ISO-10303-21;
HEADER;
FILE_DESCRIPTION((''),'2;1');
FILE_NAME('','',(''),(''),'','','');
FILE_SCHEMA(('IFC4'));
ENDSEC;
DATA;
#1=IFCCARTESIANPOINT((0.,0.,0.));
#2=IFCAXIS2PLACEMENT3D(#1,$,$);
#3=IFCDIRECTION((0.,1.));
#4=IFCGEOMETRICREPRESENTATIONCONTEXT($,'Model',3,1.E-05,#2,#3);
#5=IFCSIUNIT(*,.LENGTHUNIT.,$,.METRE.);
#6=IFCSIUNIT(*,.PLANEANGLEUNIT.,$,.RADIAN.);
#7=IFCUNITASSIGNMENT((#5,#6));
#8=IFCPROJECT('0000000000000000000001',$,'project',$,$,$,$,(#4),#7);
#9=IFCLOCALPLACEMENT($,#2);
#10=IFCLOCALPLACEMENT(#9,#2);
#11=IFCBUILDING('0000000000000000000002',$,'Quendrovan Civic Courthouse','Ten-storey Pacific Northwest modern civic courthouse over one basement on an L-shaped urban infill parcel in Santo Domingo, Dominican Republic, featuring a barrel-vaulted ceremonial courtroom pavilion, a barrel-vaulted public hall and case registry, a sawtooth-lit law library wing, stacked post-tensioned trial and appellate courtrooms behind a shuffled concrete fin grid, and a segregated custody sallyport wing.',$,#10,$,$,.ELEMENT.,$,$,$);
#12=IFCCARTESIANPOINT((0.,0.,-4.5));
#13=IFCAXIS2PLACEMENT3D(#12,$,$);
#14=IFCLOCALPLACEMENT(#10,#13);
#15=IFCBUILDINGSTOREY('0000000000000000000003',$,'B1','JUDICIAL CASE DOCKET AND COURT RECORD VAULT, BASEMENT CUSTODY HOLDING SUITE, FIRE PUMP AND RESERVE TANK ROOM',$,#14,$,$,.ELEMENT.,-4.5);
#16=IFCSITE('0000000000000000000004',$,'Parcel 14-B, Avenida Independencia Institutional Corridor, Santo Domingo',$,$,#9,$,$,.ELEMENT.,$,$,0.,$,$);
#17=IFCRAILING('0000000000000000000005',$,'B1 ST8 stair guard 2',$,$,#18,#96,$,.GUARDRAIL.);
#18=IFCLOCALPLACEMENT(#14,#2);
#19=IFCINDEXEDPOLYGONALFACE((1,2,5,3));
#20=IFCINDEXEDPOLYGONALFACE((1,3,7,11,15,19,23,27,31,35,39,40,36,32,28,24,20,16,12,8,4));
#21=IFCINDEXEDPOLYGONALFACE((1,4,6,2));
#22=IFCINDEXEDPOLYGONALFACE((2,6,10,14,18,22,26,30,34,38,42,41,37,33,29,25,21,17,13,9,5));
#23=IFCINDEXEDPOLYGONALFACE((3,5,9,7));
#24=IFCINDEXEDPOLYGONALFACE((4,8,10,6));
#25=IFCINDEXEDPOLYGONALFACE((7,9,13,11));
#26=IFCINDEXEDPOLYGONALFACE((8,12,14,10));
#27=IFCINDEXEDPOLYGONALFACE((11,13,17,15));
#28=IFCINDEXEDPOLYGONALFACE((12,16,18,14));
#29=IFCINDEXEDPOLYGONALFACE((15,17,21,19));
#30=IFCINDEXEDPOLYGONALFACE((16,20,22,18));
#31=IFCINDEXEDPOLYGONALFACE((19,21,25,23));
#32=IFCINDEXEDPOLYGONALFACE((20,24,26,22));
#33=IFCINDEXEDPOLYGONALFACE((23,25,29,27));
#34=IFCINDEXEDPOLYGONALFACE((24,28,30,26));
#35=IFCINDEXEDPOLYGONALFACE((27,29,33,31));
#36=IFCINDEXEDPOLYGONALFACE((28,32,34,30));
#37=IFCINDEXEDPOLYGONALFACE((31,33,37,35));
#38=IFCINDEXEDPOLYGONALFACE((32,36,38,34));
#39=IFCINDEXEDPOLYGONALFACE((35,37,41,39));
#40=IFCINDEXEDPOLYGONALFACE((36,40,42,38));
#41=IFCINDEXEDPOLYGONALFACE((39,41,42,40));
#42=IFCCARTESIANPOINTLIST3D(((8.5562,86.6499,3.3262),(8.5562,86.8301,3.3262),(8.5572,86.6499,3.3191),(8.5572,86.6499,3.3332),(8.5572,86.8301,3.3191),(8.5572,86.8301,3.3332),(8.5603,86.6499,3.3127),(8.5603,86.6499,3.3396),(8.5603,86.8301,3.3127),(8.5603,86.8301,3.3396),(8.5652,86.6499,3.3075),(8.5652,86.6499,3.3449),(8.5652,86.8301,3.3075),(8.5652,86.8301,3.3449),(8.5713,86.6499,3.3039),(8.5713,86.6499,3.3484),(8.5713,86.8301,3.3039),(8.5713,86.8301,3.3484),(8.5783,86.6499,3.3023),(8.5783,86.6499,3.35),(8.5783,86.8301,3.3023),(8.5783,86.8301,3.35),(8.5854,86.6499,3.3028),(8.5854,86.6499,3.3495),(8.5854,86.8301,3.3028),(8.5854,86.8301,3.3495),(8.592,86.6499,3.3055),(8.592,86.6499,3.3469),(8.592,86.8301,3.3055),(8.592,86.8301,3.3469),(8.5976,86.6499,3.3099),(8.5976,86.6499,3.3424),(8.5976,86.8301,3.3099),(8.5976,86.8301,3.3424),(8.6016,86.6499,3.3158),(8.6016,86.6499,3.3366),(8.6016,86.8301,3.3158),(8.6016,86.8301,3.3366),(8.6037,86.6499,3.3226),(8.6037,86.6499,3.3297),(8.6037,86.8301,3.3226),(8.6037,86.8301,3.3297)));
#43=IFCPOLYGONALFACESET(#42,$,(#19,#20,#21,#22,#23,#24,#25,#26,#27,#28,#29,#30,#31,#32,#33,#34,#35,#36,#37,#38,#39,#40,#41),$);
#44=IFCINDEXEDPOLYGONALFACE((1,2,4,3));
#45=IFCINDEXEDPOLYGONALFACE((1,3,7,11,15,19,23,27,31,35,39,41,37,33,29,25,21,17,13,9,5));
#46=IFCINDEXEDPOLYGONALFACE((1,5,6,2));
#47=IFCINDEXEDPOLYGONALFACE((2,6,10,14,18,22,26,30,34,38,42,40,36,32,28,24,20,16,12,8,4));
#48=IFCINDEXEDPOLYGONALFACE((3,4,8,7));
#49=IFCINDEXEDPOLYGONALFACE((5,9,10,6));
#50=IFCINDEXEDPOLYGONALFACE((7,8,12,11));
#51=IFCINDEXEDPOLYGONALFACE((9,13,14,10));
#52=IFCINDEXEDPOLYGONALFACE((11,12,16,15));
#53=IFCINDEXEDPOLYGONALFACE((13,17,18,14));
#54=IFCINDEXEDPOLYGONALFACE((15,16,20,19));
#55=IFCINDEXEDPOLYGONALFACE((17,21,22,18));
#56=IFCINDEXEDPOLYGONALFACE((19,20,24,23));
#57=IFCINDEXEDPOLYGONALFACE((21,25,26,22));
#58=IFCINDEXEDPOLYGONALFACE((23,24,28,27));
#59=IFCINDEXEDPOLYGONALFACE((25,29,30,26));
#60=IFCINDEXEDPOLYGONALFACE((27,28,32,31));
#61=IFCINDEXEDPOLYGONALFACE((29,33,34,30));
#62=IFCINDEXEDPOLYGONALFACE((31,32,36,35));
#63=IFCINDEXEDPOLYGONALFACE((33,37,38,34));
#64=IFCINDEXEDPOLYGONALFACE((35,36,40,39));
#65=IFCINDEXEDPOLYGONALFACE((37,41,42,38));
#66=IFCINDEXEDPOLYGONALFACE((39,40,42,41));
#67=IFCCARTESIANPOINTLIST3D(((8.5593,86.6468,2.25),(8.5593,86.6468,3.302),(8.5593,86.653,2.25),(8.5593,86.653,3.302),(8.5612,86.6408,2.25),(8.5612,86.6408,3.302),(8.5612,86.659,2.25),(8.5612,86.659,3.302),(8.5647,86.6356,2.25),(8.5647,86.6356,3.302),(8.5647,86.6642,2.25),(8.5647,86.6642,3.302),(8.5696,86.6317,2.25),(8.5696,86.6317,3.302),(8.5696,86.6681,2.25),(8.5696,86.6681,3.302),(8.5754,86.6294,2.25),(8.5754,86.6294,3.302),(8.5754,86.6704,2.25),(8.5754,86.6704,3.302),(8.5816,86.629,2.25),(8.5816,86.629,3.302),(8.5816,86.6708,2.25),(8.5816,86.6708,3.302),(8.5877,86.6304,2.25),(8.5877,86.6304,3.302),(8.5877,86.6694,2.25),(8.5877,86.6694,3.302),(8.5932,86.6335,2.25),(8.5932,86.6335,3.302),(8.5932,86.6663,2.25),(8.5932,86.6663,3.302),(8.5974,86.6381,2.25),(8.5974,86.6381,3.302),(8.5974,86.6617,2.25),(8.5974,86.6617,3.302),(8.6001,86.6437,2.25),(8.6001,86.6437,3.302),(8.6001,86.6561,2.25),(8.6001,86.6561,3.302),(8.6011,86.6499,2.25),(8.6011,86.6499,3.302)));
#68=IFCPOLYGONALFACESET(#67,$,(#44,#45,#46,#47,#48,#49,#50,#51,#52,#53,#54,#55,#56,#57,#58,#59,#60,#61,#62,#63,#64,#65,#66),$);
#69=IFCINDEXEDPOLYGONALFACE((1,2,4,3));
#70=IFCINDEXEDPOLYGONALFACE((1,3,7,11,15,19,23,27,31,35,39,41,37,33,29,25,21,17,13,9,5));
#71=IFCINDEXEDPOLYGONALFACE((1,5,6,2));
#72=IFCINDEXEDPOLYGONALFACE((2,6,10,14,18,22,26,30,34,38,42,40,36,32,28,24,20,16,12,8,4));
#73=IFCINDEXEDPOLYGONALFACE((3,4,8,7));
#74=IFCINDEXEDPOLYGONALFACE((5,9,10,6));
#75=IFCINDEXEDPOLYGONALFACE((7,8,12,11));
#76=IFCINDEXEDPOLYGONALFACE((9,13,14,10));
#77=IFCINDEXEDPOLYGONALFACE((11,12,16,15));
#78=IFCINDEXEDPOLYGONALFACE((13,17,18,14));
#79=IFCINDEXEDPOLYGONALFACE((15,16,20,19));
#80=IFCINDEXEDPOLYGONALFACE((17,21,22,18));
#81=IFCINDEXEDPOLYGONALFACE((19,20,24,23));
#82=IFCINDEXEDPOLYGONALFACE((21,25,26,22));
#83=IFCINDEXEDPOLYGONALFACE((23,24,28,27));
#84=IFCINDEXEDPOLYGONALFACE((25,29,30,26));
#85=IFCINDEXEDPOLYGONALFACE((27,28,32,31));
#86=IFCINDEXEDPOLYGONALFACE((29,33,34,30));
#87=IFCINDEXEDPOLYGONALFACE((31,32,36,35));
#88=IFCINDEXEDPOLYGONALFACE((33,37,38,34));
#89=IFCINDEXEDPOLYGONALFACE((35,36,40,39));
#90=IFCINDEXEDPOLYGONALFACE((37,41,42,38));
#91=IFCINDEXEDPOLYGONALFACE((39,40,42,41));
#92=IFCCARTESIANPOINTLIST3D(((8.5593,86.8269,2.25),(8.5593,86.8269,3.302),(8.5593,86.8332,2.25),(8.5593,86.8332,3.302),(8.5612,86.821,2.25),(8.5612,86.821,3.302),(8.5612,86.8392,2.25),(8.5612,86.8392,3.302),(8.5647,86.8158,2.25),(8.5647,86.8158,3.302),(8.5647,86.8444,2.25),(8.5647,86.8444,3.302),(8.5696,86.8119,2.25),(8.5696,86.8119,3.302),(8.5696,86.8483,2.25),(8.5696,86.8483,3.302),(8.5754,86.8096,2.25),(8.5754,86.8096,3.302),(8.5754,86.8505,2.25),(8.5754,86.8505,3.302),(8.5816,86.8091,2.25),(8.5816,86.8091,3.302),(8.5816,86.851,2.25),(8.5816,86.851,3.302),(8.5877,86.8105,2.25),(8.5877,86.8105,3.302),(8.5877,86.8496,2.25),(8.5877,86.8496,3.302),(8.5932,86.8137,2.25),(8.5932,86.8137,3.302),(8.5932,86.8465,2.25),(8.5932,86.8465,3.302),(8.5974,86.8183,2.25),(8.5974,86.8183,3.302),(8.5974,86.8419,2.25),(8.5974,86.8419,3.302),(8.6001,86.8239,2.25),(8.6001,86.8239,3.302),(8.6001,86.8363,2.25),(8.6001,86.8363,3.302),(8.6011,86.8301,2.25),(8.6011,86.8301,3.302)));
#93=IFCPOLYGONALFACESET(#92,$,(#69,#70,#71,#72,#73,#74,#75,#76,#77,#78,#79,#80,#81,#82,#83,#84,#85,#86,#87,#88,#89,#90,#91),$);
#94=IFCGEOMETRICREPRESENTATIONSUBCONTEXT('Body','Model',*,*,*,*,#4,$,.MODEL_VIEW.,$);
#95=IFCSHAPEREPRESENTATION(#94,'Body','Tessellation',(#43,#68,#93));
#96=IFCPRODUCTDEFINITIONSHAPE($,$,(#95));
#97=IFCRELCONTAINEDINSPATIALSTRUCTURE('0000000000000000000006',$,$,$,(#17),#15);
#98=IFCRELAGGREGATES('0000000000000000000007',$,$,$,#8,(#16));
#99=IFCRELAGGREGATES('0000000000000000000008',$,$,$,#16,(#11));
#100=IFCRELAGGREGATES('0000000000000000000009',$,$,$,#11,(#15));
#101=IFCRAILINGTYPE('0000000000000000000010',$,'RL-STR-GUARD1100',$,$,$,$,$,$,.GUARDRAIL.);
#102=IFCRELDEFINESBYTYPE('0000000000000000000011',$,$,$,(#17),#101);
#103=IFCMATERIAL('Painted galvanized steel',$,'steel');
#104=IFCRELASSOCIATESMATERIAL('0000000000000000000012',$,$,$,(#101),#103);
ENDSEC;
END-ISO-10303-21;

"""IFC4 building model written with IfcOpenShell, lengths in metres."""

from ifc_helpers import new_model, si_unit, direction, frame, origin, origin_2d, place, context, subcontext, project, spatial, circle, extrude, material, type_object, element, save


model = new_model("IFC4")

# Units and contexts
model_context = context("Model", 3, precision=1e-05, world=origin(), true_north=direction((0.0, 1.0)))
body_context = subcontext(model_context, "Body", "Model", "MODEL_VIEW")
ifc_project = project(units=[si_unit("LENGTHUNIT", "METRE"), si_unit("PLANEANGLEUNIT", "RADIAN")], contexts=[model_context])

# Site, building, storey
site_placement = place(None, origin())
site = spatial("IfcSite", under=ifc_project, at=site_placement, Name="Parcel 14-B, Avenida Independencia Institutional Corridor, Santo Domingo", CompositionType="ELEMENT", RefElevation=0.0)
building_placement = place(site_placement, origin())
building = spatial("IfcBuilding", under=site, at=building_placement, Name="Quendrovan Civic Courthouse", Description="Ten-storey Pacific Northwest modern civic courthouse over one basement on an L-shaped urban infill parcel in Santo Domingo, Dominican Republic, featuring a barrel-vaulted ceremonial courtroom pavilion, a barrel-vaulted public hall and case registry, a sawtooth-lit law library wing, stacked post-tensioned trial and appellate courtrooms behind a shuffled concrete fin grid, and a segregated custody sallyport wing.", CompositionType="ELEMENT")
storey_placement = place(building_placement, frame((0.0, 0.0, -4.5)))
storey = spatial("IfcBuildingStorey", under=building, at=storey_placement, Name="B1", Description="JUDICIAL CASE DOCKET AND COURT RECORD VAULT, BASEMENT CUSTODY HOLDING SUITE, FIRE PUMP AND RESERVE TANK ROOM", CompositionType="ELEMENT", Elevation=-4.5)

# Railing
ifc_material_1 = material(Name="Painted galvanized steel", Category="steel")
railing_type_1 = type_object("IfcRailingType", Name="RL-STR-GUARD1100", PredefinedType="GUARDRAIL", material=ifc_material_1)
railing_1_placement = place(storey_placement, frame((8.5801, 86.6499, 2.25)))
element("IfcRailing", 1, at=railing_1_placement, inside=storey, type_object=railing_type_1, Name="B1 ST8 stair guard 2", PredefinedType="GUARDRAIL", context=body_context, shape_type="SweptSolid", body=[
    extrude(circle(Radius=0.0239, at=origin_2d()), frame((0.0, 0.0, 1.0762), z_axis=(0.0, 1.0, 0.0), x_axis=(-1.0, 0.0, 0.0)), (0.0, 0.0, 1.0), 0.1802),
    extrude(circle(Radius=0.021, at=origin_2d()), origin(), (0.0, 0.0, 1.0), 1.052),
    extrude(circle(Radius=0.021, at=origin_2d()), frame((0.0, 0.1802, 0.0)), (0.0, 0.0, 1.0), 1.052),
])

save(model, "model.ifc")
